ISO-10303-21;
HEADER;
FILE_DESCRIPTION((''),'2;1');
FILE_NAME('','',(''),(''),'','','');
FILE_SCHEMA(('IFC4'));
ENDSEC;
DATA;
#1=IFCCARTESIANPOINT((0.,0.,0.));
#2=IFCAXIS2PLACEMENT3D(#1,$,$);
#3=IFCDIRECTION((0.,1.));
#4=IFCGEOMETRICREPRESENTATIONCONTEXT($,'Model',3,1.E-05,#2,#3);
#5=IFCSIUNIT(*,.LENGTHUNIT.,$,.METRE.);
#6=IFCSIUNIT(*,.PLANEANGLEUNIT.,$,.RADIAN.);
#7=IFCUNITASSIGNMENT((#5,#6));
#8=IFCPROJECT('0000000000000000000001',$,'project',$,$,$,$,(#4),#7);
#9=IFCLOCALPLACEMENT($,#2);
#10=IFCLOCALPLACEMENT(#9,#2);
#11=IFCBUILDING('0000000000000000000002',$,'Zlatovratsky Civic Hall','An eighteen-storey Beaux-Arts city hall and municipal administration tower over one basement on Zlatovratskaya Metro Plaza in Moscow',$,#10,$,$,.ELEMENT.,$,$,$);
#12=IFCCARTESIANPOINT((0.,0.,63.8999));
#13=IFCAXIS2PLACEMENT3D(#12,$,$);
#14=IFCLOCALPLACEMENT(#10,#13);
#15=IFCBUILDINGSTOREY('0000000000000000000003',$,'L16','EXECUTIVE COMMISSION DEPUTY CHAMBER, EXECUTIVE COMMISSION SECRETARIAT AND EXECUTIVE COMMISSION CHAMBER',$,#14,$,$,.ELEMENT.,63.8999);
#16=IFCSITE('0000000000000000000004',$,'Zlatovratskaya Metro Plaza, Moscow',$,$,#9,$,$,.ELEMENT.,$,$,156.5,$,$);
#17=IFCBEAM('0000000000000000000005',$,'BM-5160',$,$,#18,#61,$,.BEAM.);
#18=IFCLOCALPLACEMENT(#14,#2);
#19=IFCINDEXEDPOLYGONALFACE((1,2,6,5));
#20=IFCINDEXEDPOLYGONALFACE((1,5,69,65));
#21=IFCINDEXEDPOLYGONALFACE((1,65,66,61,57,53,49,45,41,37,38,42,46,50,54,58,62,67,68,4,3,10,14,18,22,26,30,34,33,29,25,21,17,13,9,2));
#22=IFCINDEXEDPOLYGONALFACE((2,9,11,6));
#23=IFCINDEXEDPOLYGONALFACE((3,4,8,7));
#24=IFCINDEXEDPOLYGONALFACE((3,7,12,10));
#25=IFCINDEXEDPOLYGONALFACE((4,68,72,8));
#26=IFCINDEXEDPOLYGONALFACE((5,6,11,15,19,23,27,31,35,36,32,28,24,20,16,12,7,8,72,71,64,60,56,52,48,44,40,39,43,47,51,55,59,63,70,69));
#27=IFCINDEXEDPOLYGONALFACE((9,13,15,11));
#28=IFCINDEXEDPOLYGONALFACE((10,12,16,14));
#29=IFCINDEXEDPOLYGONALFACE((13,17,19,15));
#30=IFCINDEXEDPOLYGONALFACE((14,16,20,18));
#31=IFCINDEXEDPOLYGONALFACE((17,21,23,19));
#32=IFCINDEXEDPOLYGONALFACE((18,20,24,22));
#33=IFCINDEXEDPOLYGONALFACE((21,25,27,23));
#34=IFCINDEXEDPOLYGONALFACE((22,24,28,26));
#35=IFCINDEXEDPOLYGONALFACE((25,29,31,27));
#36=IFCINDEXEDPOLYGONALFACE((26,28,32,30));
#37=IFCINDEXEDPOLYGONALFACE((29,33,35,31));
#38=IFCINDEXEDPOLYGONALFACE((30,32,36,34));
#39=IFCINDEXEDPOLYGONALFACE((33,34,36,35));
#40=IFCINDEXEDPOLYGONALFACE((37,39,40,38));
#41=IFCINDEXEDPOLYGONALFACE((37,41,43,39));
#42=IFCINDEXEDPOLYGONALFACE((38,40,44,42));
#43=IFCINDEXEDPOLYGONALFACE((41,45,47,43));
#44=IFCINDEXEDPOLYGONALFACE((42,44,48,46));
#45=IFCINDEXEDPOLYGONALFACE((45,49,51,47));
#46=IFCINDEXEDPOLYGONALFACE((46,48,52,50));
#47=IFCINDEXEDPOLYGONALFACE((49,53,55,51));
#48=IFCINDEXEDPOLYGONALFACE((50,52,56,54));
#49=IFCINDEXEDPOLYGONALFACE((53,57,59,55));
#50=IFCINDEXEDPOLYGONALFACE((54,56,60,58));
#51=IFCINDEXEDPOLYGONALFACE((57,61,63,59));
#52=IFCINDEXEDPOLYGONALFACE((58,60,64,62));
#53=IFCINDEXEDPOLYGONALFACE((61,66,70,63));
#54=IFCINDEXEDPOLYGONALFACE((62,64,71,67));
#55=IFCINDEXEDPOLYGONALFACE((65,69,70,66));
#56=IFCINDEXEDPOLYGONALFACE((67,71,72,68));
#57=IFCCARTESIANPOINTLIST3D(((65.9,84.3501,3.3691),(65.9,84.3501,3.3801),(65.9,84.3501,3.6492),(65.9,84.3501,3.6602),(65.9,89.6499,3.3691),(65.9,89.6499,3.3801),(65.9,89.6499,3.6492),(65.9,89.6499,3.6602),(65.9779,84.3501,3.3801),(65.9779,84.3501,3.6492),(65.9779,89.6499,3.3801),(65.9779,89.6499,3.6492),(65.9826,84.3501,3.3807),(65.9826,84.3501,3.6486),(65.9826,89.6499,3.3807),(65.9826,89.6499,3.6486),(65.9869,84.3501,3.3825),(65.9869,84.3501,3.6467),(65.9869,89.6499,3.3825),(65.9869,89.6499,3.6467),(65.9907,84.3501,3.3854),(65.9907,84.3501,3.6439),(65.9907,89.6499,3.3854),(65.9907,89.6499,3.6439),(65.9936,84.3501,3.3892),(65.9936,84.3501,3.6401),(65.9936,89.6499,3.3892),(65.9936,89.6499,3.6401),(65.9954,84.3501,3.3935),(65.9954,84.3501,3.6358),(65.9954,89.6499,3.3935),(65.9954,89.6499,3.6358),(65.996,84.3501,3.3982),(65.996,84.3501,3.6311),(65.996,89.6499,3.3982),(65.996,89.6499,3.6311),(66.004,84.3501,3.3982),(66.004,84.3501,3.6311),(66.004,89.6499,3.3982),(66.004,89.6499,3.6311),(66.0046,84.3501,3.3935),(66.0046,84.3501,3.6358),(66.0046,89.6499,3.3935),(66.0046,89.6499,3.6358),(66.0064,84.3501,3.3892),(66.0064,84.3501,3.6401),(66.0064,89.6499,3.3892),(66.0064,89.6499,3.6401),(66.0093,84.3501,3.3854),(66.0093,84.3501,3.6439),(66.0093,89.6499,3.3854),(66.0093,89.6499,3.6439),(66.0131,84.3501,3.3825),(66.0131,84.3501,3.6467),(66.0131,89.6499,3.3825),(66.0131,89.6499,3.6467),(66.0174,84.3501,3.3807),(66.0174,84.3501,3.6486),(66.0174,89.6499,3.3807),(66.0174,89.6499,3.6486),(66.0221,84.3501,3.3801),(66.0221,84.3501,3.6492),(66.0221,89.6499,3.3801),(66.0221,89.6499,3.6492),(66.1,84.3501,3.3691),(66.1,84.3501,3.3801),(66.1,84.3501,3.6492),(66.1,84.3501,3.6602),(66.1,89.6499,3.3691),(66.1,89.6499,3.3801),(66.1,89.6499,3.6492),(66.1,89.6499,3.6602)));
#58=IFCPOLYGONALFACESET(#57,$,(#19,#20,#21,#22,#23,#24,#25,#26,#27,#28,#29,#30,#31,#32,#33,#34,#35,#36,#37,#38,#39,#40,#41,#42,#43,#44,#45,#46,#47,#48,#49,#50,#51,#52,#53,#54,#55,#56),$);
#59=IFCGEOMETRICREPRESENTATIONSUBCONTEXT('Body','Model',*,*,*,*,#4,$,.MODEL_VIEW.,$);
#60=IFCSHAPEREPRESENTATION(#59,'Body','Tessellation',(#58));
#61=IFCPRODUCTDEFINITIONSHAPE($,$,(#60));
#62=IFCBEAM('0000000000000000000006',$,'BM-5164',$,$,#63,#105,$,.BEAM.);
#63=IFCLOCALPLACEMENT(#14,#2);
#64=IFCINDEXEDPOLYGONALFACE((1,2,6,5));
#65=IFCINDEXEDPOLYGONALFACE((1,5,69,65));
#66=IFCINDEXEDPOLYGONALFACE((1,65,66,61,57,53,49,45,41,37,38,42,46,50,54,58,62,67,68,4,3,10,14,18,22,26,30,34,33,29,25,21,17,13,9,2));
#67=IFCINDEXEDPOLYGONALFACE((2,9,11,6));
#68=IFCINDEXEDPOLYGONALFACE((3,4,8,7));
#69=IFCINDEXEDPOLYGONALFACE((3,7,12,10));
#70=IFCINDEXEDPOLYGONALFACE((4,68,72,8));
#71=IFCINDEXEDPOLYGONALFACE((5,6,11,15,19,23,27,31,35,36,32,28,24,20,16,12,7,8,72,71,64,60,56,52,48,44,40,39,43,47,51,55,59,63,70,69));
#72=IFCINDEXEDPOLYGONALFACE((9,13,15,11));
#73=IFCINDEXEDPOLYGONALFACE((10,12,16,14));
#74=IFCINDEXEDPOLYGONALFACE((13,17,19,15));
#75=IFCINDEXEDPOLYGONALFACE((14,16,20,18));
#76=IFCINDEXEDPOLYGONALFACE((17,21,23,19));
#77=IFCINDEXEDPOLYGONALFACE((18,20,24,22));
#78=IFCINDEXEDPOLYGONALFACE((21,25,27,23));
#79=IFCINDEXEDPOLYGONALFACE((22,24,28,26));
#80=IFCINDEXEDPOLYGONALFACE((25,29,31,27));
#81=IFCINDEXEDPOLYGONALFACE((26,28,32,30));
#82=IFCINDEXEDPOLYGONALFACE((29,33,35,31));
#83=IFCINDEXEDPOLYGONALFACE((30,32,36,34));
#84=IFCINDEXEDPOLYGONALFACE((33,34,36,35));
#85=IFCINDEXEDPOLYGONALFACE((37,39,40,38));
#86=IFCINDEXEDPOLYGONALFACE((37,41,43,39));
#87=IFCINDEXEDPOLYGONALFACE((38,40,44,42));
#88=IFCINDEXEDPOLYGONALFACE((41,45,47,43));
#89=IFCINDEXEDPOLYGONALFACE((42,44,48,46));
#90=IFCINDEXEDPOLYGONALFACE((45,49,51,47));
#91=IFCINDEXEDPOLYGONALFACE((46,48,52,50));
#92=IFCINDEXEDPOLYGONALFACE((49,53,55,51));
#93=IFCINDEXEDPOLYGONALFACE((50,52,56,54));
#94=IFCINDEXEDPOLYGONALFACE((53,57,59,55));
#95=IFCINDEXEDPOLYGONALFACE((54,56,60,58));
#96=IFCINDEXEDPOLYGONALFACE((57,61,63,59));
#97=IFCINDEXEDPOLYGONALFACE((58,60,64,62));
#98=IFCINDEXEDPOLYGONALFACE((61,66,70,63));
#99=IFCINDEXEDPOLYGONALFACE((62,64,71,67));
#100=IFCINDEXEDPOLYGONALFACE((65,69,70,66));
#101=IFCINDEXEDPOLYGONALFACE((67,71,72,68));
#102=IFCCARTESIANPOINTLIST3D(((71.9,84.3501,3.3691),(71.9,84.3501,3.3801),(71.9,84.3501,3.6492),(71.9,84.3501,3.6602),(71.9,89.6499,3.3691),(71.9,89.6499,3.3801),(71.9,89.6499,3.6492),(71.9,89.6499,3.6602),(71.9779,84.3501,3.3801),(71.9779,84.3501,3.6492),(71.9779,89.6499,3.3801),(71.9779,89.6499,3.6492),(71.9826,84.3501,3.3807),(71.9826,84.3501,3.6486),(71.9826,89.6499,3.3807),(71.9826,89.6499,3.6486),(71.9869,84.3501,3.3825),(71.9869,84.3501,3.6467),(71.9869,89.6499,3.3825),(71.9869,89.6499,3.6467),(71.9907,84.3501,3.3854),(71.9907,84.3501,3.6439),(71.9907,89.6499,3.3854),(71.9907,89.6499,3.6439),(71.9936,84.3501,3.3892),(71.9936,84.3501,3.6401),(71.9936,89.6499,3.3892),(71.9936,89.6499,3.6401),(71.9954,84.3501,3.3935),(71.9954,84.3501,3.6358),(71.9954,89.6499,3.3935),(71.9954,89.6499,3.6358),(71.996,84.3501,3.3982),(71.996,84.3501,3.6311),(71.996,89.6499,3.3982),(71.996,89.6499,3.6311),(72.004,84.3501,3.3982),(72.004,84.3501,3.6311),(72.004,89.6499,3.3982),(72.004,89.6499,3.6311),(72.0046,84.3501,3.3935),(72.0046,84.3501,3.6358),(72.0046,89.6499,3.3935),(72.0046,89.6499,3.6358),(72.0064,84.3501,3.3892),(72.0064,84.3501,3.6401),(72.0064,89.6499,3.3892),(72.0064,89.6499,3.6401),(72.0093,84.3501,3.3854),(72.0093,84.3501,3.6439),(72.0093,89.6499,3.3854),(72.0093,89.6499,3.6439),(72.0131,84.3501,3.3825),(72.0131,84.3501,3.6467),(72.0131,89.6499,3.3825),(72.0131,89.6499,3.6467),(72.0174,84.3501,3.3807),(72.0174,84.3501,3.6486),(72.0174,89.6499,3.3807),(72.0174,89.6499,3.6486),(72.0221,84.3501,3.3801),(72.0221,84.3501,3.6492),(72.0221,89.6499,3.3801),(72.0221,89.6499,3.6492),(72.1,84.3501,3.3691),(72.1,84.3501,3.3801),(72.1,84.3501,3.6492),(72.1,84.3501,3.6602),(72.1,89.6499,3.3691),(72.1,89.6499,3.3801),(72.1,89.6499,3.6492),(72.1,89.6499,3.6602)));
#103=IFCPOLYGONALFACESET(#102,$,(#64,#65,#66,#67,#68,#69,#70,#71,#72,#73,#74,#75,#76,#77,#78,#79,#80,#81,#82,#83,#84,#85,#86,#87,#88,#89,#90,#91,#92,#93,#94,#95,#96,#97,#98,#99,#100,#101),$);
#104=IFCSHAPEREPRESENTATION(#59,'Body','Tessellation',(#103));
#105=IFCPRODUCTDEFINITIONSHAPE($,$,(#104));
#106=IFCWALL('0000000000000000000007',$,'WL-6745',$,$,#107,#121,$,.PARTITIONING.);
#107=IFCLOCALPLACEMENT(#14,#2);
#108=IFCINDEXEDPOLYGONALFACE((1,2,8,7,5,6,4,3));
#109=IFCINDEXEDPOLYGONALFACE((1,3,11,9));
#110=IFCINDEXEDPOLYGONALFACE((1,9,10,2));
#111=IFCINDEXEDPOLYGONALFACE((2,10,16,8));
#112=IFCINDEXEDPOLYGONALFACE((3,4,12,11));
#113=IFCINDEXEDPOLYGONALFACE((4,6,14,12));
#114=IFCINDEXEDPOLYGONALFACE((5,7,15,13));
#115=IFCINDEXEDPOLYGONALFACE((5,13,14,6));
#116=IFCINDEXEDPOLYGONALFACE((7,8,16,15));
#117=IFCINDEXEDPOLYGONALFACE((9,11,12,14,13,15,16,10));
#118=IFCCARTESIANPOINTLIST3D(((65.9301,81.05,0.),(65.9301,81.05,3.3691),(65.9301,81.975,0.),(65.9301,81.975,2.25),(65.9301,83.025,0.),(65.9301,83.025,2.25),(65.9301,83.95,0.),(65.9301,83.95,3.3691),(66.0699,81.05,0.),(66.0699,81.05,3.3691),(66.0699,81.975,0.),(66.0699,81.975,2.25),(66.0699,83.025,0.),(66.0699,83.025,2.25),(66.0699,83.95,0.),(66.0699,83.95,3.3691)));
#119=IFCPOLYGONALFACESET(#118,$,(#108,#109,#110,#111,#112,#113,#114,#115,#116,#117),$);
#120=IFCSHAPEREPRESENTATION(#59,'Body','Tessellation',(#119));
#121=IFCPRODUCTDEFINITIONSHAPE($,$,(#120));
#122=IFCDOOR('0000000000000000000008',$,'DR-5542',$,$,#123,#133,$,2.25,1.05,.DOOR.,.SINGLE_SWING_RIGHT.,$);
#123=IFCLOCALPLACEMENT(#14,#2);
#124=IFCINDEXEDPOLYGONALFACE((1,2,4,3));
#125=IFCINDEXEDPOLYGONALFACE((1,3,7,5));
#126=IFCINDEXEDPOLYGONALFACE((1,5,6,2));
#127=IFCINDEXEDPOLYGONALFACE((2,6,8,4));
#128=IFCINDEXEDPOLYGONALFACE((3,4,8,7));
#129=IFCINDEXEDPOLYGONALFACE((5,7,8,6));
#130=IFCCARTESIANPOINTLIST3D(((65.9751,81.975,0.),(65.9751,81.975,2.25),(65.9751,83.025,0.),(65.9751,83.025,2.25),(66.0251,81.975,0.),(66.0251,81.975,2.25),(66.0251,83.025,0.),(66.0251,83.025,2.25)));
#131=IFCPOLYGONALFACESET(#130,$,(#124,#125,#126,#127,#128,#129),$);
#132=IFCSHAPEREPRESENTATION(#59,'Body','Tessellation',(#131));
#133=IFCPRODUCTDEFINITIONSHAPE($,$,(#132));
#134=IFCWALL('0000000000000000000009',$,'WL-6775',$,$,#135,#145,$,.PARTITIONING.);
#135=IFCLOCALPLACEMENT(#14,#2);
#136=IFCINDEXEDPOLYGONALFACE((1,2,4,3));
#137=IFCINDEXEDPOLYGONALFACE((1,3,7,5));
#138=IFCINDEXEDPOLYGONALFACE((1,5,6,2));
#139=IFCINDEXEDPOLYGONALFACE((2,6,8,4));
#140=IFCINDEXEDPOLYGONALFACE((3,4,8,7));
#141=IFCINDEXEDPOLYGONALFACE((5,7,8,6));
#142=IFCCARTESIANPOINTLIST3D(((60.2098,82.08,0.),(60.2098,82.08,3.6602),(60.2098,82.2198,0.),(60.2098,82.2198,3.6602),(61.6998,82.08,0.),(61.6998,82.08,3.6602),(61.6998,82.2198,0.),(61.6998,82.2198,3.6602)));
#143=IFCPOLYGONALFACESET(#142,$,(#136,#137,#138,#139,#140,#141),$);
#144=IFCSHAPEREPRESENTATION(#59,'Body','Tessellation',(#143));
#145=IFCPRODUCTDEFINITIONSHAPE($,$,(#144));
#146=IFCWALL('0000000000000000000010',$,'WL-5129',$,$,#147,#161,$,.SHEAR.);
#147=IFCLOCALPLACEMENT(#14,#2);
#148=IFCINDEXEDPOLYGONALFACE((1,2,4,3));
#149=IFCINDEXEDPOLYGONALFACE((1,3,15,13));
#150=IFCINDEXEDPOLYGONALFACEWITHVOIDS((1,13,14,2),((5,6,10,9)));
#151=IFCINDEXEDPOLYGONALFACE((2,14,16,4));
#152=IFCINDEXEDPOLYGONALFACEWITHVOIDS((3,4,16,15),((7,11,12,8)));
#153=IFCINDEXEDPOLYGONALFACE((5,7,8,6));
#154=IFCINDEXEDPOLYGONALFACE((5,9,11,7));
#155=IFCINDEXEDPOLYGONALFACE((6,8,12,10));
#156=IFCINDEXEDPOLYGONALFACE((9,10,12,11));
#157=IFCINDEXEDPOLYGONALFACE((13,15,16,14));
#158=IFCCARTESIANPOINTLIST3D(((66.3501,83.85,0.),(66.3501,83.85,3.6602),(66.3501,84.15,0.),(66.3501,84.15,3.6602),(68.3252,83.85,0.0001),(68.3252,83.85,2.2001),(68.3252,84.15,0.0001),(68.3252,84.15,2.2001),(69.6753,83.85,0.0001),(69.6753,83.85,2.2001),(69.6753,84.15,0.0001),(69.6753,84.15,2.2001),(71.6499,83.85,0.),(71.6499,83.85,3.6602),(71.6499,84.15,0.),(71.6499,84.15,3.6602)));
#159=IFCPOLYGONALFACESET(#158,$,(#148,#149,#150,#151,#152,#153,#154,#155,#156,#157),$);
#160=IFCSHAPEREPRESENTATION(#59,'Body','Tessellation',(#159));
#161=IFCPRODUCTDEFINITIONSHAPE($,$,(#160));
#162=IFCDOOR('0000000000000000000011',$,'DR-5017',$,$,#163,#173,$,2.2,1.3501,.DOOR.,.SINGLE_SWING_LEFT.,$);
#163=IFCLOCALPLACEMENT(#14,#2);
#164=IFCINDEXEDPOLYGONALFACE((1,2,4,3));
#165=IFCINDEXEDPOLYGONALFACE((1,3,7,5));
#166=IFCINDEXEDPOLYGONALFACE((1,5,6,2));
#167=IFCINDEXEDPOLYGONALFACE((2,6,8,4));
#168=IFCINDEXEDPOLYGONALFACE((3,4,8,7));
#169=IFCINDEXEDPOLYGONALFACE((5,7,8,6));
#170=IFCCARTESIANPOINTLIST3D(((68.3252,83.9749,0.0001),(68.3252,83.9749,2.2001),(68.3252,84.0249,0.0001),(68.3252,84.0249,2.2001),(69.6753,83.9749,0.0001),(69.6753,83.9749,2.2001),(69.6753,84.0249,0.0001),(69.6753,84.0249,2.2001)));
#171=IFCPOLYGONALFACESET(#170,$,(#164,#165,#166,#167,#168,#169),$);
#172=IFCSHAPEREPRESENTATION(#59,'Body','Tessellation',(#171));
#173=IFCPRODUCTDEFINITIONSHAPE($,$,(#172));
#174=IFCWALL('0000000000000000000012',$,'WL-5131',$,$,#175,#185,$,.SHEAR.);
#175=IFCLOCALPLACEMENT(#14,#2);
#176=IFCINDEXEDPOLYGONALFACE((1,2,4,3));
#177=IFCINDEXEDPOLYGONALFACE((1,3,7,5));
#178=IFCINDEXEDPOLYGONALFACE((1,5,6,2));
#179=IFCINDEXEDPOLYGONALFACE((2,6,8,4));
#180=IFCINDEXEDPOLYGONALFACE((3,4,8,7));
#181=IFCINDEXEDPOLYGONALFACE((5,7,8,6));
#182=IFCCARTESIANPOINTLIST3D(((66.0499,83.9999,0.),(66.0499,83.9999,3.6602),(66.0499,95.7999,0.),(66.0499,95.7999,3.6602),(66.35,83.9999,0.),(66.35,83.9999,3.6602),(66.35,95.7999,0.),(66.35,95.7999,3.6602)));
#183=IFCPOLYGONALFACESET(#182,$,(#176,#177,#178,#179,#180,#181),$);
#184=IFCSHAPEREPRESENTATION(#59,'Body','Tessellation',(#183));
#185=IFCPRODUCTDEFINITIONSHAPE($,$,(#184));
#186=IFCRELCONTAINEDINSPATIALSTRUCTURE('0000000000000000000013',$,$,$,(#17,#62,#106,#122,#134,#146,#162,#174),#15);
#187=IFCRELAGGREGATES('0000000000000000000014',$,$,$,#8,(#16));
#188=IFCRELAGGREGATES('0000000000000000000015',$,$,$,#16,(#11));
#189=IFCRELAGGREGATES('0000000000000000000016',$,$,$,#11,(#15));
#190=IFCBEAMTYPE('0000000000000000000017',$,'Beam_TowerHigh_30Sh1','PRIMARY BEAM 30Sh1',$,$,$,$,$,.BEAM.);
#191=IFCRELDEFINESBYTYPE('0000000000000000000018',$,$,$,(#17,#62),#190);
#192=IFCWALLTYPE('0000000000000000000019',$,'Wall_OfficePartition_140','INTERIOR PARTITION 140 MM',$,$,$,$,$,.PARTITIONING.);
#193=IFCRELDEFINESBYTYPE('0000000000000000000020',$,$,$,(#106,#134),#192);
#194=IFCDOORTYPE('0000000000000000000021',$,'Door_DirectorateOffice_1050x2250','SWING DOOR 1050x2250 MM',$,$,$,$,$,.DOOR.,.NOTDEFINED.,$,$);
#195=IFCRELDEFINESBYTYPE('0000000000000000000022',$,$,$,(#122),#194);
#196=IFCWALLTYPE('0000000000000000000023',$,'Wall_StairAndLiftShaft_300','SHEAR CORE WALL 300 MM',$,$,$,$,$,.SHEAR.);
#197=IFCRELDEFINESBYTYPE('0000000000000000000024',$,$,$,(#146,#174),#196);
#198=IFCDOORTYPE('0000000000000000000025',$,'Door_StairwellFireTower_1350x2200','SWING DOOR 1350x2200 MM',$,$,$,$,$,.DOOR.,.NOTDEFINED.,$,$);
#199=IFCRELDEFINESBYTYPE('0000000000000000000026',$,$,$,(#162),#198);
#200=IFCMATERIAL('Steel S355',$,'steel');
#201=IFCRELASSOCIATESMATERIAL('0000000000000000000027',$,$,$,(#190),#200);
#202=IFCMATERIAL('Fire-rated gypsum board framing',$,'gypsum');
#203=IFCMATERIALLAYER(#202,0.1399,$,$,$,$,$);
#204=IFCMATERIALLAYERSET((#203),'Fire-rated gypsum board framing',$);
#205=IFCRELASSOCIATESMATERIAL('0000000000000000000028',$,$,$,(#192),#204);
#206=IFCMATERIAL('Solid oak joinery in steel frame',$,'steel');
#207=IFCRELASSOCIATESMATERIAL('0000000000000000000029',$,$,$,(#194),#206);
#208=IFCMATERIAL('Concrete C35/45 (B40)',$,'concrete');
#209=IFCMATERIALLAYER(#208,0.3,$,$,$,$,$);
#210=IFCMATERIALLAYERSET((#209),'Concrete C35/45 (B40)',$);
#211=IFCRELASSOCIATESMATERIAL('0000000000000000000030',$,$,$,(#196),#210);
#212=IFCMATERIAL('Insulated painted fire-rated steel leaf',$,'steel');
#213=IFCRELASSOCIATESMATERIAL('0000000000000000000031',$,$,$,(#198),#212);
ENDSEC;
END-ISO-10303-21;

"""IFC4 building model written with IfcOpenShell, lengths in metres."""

from ifc_helpers import new_model, si_unit, direction, frame, frame_2d, origin, origin_2d, place, context, subcontext, project, spatial, rectangle, i_section, extrude, material, layer, layer_set, material_profile, profile_set, type_object, element, fill, save


model = new_model("IFC4")

# Units and contexts
model_context = context("Model", 3, precision=1e-05, world=origin(), true_north=direction((0.0, 1.0)))
body_context = subcontext(model_context, "Body", "Model", "MODEL_VIEW")
ifc_project = project(units=[si_unit("LENGTHUNIT", "METRE"), si_unit("PLANEANGLEUNIT", "RADIAN")], contexts=[model_context])

# Site, building, storey
site_placement = place(None, origin())
site = spatial("IfcSite", under=ifc_project, at=site_placement, Name="Zlatovratskaya Metro Plaza, Moscow", CompositionType="ELEMENT", RefElevation=156.5)
building_placement = place(site_placement, origin())
building = spatial("IfcBuilding", under=site, at=building_placement, Name="Zlatovratsky Civic Hall", Description="An eighteen-storey Beaux-Arts city hall and municipal administration tower over one basement on Zlatovratskaya Metro Plaza in Moscow", CompositionType="ELEMENT")
storey_placement = place(building_placement, frame((0.0, 0.0, 63.8999)))
storey = spatial("IfcBuildingStorey", under=building, at=storey_placement, Name="L16", Description="EXECUTIVE COMMISSION DEPUTY CHAMBER, EXECUTIVE COMMISSION SECRETARIAT AND EXECUTIVE COMMISSION CHAMBER", CompositionType="ELEMENT", Elevation=63.8999)

# Shared definitions
ifc_material_1 = material(Name="Concrete C35/45 (B40)", Category="concrete")

# Beams
ifc_material_2 = material(Name="Steel S355", Category="steel")
ifc_material_profile_1 = material_profile(ifc_material_2, i_section(OverallWidth=0.2, OverallDepth=0.291, WebThickness=0.0081, FlangeThickness=0.011, FilletRadius=0.0181, at=origin_2d()), Name="30Sh1")
ifc_profile_set_1 = profile_set([ifc_material_profile_1], Name="Steel S355")
beam_type_1 = type_object("IfcBeamType", Name="Beam_TowerHigh_30Sh1", Description="PRIMARY BEAM 30Sh1", PredefinedType="BEAM", material=ifc_profile_set_1)
for number, where, z_axis, x_axis, name in (
    (1, (66.0, 84.3501, 3.5146), (0.0, 1.0, 0.0), (-1.0, 0.0, 0.0), "BM-5160"),
    (2, (72.0, 84.3501, 3.5146), (0.0, 1.0, 0.0), (-1.0, 0.0, 0.0), "BM-5164"),
):
    element("IfcBeam", number, at=place(storey_placement, frame(where, z_axis=z_axis, x_axis=x_axis)), inside=storey, type_object=beam_type_1, Name=name, PredefinedType="BEAM", context=body_context, shape_type="SweptSolid", body=[
        extrude(i_section(OverallWidth=0.2, OverallDepth=0.291, WebThickness=0.0081, FlangeThickness=0.011, FilletRadius=0.0181, at=origin_2d()), origin(), (0.0, 0.0, 1.0), 5.2998),
    ])

# Wall, opening, door
ifc_material_3 = material(Name="Fire-rated gypsum board framing", Category="gypsum")
ifc_layer_1 = layer(ifc_material_3, 0.1399)
ifc_layer_set_1 = layer_set([ifc_layer_1], Name="Fire-rated gypsum board framing")
wall_type_1 = type_object("IfcWallType", Name="Wall_OfficePartition_140", Description="INTERIOR PARTITION 140 MM", PredefinedType="PARTITIONING", material=ifc_layer_set_1)
wall_1_placement = place(storey_placement, frame((66.0, 81.05, 0.0), z_axis=(0.0, 0.0, 1.0), x_axis=(0.0, 1.0, 0.0)))
wall_1 = element("IfcWall", 3, at=wall_1_placement, inside=storey, type_object=wall_type_1, Name="WL-6745", PredefinedType="PARTITIONING", context=body_context, shape_type="SweptSolid", body=[
    extrude(rectangle(XDim=2.8999, YDim=0.1399, at=frame_2d((1.45, 0.0))), origin(), (0.0, 0.0, 1.0), 3.3691),
])
opening_1_placement = place(wall_1_placement, frame((0.925, 0.0, 0.0)))
opening_1 = element("IfcOpeningElement", 4, at=opening_1_placement, cuts=wall_1, PredefinedType="OPENING", context=body_context, shape_type="SweptSolid", body=[
    extrude(rectangle(XDim=1.05, YDim=2.25, at=frame_2d((0.5249, 1.125))), frame((0.0, 0.085, 0.0), z_axis=(0.0, -1.0, 0.0), x_axis=(1.0, 0.0, 0.0)), (0.0, 0.0, 1.0), 0.1697),
])
ifc_material_4 = material(Name="Solid oak joinery in steel frame", Category="steel")
door_type_1 = type_object("IfcDoorType", Name="Door_DirectorateOffice_1050x2250", Description="SWING DOOR 1050x2250 MM", OperationType="NOTDEFINED", PredefinedType="DOOR", material=ifc_material_4)
door_1_placement = place(opening_1_placement, origin())
door_1 = element("IfcDoor", 5, at=door_1_placement, inside=storey, type_object=door_type_1, Name="DR-5542", OperationType="SINGLE_SWING_RIGHT", OverallHeight=2.25, OverallWidth=1.05, PredefinedType="DOOR", context=body_context, shape_type="SweptSolid", body=[
    extrude(rectangle(XDim=1.05, YDim=2.25, at=frame_2d((0.5249, 1.125))), frame((0.0, 0.0249, 0.0), z_axis=(0.0, -1.0, 0.0), x_axis=(1.0, 0.0, 0.0)), (0.0, 0.0, 1.0), 0.05),
])
fill(opening_1, door_1)

# Wall
wall_2_placement = place(storey_placement, frame((61.7, 82.1499, 0.0), z_axis=(0.0, 0.0, 1.0), x_axis=(-1.0, 0.0, 0.0)))
element("IfcWall", 6, at=wall_2_placement, inside=storey, type_object=wall_type_1, Name="WL-6775", PredefinedType="PARTITIONING", context=body_context, shape_type="SweptSolid", body=[
    extrude(rectangle(XDim=1.49, YDim=0.1399, at=frame_2d((0.7451, 0.0))), origin(), (0.0, 0.0, 1.0), 3.6602),
])

# Wall, opening, door
ifc_layer_2 = layer(ifc_material_1, 0.3)
ifc_layer_set_2 = layer_set([ifc_layer_2], Name="Concrete C35/45 (B40)")
wall_type_2 = type_object("IfcWallType", Name="Wall_StairAndLiftShaft_300", Description="SHEAR CORE WALL 300 MM", PredefinedType="SHEAR", material=ifc_layer_set_2)
wall_3_placement = place(storey_placement, frame((66.3501, 84.0, 0.0), z_axis=(0.0, 0.0, 1.0), x_axis=(1.0, 0.0, 0.0)))
wall_3 = element("IfcWall", 7, at=wall_3_placement, inside=storey, type_object=wall_type_2, Name="WL-5129", PredefinedType="SHEAR", context=body_context, shape_type="SweptSolid", body=[
    extrude(rectangle(XDim=5.2998, YDim=0.3, at=frame_2d((2.6499, 0.0))), origin(), (0.0, 0.0, 1.0), 3.6602),
])
opening_2_placement = place(wall_3_placement, frame((1.9751, 0.0, 0.0)))
opening_2 = element("IfcOpeningElement", 8, at=opening_2_placement, cuts=wall_3, PredefinedType="OPENING", context=body_context, shape_type="SweptSolid", body=[
    extrude(rectangle(XDim=1.3501, YDim=2.2, at=frame_2d((0.675, 1.1001))), frame((0.0, 0.165, 0.0), z_axis=(0.0, -1.0, 0.0), x_axis=(1.0, 0.0, 0.0)), (0.0, 0.0, 1.0), 0.3298),
])
ifc_material_5 = material(Name="Insulated painted fire-rated steel leaf", Category="steel")
door_type_2 = type_object("IfcDoorType", Name="Door_StairwellFireTower_1350x2200", Description="SWING DOOR 1350x2200 MM", OperationType="NOTDEFINED", PredefinedType="DOOR", material=ifc_material_5)
door_2_placement = place(opening_2_placement, origin())
door_2 = element("IfcDoor", 9, at=door_2_placement, inside=storey, type_object=door_type_2, Name="DR-5017", OperationType="SINGLE_SWING_LEFT", OverallHeight=2.2, OverallWidth=1.3501, PredefinedType="DOOR", context=body_context, shape_type="SweptSolid", body=[
    extrude(rectangle(XDim=1.3501, YDim=2.2, at=frame_2d((0.675, 1.1001))), frame((0.0, 0.0249, 0.0), z_axis=(0.0, -1.0, 0.0), x_axis=(1.0, 0.0, 0.0)), (0.0, 0.0, 1.0), 0.05),
])
fill(opening_2, door_2)

# Wall
for number, where, z_axis, x_axis, name in (
    (10, (66.2, 84.0, 0.0), (0.0, 0.0, 1.0), (0.0, 1.0, 0.0), "WL-5131"),
):
    element("IfcWall", number, at=place(storey_placement, frame(where, z_axis=z_axis, x_axis=x_axis)), inside=storey, type_object=wall_type_2, Name=name, PredefinedType="SHEAR", context=body_context, shape_type="SweptSolid", body=[
        extrude(rectangle(XDim=11.8, YDim=0.3, at=frame_2d((5.8999, 0.0))), origin(), (0.0, 0.0, 1.0), 3.6602),
    ])

save(model, "model.ifc")
